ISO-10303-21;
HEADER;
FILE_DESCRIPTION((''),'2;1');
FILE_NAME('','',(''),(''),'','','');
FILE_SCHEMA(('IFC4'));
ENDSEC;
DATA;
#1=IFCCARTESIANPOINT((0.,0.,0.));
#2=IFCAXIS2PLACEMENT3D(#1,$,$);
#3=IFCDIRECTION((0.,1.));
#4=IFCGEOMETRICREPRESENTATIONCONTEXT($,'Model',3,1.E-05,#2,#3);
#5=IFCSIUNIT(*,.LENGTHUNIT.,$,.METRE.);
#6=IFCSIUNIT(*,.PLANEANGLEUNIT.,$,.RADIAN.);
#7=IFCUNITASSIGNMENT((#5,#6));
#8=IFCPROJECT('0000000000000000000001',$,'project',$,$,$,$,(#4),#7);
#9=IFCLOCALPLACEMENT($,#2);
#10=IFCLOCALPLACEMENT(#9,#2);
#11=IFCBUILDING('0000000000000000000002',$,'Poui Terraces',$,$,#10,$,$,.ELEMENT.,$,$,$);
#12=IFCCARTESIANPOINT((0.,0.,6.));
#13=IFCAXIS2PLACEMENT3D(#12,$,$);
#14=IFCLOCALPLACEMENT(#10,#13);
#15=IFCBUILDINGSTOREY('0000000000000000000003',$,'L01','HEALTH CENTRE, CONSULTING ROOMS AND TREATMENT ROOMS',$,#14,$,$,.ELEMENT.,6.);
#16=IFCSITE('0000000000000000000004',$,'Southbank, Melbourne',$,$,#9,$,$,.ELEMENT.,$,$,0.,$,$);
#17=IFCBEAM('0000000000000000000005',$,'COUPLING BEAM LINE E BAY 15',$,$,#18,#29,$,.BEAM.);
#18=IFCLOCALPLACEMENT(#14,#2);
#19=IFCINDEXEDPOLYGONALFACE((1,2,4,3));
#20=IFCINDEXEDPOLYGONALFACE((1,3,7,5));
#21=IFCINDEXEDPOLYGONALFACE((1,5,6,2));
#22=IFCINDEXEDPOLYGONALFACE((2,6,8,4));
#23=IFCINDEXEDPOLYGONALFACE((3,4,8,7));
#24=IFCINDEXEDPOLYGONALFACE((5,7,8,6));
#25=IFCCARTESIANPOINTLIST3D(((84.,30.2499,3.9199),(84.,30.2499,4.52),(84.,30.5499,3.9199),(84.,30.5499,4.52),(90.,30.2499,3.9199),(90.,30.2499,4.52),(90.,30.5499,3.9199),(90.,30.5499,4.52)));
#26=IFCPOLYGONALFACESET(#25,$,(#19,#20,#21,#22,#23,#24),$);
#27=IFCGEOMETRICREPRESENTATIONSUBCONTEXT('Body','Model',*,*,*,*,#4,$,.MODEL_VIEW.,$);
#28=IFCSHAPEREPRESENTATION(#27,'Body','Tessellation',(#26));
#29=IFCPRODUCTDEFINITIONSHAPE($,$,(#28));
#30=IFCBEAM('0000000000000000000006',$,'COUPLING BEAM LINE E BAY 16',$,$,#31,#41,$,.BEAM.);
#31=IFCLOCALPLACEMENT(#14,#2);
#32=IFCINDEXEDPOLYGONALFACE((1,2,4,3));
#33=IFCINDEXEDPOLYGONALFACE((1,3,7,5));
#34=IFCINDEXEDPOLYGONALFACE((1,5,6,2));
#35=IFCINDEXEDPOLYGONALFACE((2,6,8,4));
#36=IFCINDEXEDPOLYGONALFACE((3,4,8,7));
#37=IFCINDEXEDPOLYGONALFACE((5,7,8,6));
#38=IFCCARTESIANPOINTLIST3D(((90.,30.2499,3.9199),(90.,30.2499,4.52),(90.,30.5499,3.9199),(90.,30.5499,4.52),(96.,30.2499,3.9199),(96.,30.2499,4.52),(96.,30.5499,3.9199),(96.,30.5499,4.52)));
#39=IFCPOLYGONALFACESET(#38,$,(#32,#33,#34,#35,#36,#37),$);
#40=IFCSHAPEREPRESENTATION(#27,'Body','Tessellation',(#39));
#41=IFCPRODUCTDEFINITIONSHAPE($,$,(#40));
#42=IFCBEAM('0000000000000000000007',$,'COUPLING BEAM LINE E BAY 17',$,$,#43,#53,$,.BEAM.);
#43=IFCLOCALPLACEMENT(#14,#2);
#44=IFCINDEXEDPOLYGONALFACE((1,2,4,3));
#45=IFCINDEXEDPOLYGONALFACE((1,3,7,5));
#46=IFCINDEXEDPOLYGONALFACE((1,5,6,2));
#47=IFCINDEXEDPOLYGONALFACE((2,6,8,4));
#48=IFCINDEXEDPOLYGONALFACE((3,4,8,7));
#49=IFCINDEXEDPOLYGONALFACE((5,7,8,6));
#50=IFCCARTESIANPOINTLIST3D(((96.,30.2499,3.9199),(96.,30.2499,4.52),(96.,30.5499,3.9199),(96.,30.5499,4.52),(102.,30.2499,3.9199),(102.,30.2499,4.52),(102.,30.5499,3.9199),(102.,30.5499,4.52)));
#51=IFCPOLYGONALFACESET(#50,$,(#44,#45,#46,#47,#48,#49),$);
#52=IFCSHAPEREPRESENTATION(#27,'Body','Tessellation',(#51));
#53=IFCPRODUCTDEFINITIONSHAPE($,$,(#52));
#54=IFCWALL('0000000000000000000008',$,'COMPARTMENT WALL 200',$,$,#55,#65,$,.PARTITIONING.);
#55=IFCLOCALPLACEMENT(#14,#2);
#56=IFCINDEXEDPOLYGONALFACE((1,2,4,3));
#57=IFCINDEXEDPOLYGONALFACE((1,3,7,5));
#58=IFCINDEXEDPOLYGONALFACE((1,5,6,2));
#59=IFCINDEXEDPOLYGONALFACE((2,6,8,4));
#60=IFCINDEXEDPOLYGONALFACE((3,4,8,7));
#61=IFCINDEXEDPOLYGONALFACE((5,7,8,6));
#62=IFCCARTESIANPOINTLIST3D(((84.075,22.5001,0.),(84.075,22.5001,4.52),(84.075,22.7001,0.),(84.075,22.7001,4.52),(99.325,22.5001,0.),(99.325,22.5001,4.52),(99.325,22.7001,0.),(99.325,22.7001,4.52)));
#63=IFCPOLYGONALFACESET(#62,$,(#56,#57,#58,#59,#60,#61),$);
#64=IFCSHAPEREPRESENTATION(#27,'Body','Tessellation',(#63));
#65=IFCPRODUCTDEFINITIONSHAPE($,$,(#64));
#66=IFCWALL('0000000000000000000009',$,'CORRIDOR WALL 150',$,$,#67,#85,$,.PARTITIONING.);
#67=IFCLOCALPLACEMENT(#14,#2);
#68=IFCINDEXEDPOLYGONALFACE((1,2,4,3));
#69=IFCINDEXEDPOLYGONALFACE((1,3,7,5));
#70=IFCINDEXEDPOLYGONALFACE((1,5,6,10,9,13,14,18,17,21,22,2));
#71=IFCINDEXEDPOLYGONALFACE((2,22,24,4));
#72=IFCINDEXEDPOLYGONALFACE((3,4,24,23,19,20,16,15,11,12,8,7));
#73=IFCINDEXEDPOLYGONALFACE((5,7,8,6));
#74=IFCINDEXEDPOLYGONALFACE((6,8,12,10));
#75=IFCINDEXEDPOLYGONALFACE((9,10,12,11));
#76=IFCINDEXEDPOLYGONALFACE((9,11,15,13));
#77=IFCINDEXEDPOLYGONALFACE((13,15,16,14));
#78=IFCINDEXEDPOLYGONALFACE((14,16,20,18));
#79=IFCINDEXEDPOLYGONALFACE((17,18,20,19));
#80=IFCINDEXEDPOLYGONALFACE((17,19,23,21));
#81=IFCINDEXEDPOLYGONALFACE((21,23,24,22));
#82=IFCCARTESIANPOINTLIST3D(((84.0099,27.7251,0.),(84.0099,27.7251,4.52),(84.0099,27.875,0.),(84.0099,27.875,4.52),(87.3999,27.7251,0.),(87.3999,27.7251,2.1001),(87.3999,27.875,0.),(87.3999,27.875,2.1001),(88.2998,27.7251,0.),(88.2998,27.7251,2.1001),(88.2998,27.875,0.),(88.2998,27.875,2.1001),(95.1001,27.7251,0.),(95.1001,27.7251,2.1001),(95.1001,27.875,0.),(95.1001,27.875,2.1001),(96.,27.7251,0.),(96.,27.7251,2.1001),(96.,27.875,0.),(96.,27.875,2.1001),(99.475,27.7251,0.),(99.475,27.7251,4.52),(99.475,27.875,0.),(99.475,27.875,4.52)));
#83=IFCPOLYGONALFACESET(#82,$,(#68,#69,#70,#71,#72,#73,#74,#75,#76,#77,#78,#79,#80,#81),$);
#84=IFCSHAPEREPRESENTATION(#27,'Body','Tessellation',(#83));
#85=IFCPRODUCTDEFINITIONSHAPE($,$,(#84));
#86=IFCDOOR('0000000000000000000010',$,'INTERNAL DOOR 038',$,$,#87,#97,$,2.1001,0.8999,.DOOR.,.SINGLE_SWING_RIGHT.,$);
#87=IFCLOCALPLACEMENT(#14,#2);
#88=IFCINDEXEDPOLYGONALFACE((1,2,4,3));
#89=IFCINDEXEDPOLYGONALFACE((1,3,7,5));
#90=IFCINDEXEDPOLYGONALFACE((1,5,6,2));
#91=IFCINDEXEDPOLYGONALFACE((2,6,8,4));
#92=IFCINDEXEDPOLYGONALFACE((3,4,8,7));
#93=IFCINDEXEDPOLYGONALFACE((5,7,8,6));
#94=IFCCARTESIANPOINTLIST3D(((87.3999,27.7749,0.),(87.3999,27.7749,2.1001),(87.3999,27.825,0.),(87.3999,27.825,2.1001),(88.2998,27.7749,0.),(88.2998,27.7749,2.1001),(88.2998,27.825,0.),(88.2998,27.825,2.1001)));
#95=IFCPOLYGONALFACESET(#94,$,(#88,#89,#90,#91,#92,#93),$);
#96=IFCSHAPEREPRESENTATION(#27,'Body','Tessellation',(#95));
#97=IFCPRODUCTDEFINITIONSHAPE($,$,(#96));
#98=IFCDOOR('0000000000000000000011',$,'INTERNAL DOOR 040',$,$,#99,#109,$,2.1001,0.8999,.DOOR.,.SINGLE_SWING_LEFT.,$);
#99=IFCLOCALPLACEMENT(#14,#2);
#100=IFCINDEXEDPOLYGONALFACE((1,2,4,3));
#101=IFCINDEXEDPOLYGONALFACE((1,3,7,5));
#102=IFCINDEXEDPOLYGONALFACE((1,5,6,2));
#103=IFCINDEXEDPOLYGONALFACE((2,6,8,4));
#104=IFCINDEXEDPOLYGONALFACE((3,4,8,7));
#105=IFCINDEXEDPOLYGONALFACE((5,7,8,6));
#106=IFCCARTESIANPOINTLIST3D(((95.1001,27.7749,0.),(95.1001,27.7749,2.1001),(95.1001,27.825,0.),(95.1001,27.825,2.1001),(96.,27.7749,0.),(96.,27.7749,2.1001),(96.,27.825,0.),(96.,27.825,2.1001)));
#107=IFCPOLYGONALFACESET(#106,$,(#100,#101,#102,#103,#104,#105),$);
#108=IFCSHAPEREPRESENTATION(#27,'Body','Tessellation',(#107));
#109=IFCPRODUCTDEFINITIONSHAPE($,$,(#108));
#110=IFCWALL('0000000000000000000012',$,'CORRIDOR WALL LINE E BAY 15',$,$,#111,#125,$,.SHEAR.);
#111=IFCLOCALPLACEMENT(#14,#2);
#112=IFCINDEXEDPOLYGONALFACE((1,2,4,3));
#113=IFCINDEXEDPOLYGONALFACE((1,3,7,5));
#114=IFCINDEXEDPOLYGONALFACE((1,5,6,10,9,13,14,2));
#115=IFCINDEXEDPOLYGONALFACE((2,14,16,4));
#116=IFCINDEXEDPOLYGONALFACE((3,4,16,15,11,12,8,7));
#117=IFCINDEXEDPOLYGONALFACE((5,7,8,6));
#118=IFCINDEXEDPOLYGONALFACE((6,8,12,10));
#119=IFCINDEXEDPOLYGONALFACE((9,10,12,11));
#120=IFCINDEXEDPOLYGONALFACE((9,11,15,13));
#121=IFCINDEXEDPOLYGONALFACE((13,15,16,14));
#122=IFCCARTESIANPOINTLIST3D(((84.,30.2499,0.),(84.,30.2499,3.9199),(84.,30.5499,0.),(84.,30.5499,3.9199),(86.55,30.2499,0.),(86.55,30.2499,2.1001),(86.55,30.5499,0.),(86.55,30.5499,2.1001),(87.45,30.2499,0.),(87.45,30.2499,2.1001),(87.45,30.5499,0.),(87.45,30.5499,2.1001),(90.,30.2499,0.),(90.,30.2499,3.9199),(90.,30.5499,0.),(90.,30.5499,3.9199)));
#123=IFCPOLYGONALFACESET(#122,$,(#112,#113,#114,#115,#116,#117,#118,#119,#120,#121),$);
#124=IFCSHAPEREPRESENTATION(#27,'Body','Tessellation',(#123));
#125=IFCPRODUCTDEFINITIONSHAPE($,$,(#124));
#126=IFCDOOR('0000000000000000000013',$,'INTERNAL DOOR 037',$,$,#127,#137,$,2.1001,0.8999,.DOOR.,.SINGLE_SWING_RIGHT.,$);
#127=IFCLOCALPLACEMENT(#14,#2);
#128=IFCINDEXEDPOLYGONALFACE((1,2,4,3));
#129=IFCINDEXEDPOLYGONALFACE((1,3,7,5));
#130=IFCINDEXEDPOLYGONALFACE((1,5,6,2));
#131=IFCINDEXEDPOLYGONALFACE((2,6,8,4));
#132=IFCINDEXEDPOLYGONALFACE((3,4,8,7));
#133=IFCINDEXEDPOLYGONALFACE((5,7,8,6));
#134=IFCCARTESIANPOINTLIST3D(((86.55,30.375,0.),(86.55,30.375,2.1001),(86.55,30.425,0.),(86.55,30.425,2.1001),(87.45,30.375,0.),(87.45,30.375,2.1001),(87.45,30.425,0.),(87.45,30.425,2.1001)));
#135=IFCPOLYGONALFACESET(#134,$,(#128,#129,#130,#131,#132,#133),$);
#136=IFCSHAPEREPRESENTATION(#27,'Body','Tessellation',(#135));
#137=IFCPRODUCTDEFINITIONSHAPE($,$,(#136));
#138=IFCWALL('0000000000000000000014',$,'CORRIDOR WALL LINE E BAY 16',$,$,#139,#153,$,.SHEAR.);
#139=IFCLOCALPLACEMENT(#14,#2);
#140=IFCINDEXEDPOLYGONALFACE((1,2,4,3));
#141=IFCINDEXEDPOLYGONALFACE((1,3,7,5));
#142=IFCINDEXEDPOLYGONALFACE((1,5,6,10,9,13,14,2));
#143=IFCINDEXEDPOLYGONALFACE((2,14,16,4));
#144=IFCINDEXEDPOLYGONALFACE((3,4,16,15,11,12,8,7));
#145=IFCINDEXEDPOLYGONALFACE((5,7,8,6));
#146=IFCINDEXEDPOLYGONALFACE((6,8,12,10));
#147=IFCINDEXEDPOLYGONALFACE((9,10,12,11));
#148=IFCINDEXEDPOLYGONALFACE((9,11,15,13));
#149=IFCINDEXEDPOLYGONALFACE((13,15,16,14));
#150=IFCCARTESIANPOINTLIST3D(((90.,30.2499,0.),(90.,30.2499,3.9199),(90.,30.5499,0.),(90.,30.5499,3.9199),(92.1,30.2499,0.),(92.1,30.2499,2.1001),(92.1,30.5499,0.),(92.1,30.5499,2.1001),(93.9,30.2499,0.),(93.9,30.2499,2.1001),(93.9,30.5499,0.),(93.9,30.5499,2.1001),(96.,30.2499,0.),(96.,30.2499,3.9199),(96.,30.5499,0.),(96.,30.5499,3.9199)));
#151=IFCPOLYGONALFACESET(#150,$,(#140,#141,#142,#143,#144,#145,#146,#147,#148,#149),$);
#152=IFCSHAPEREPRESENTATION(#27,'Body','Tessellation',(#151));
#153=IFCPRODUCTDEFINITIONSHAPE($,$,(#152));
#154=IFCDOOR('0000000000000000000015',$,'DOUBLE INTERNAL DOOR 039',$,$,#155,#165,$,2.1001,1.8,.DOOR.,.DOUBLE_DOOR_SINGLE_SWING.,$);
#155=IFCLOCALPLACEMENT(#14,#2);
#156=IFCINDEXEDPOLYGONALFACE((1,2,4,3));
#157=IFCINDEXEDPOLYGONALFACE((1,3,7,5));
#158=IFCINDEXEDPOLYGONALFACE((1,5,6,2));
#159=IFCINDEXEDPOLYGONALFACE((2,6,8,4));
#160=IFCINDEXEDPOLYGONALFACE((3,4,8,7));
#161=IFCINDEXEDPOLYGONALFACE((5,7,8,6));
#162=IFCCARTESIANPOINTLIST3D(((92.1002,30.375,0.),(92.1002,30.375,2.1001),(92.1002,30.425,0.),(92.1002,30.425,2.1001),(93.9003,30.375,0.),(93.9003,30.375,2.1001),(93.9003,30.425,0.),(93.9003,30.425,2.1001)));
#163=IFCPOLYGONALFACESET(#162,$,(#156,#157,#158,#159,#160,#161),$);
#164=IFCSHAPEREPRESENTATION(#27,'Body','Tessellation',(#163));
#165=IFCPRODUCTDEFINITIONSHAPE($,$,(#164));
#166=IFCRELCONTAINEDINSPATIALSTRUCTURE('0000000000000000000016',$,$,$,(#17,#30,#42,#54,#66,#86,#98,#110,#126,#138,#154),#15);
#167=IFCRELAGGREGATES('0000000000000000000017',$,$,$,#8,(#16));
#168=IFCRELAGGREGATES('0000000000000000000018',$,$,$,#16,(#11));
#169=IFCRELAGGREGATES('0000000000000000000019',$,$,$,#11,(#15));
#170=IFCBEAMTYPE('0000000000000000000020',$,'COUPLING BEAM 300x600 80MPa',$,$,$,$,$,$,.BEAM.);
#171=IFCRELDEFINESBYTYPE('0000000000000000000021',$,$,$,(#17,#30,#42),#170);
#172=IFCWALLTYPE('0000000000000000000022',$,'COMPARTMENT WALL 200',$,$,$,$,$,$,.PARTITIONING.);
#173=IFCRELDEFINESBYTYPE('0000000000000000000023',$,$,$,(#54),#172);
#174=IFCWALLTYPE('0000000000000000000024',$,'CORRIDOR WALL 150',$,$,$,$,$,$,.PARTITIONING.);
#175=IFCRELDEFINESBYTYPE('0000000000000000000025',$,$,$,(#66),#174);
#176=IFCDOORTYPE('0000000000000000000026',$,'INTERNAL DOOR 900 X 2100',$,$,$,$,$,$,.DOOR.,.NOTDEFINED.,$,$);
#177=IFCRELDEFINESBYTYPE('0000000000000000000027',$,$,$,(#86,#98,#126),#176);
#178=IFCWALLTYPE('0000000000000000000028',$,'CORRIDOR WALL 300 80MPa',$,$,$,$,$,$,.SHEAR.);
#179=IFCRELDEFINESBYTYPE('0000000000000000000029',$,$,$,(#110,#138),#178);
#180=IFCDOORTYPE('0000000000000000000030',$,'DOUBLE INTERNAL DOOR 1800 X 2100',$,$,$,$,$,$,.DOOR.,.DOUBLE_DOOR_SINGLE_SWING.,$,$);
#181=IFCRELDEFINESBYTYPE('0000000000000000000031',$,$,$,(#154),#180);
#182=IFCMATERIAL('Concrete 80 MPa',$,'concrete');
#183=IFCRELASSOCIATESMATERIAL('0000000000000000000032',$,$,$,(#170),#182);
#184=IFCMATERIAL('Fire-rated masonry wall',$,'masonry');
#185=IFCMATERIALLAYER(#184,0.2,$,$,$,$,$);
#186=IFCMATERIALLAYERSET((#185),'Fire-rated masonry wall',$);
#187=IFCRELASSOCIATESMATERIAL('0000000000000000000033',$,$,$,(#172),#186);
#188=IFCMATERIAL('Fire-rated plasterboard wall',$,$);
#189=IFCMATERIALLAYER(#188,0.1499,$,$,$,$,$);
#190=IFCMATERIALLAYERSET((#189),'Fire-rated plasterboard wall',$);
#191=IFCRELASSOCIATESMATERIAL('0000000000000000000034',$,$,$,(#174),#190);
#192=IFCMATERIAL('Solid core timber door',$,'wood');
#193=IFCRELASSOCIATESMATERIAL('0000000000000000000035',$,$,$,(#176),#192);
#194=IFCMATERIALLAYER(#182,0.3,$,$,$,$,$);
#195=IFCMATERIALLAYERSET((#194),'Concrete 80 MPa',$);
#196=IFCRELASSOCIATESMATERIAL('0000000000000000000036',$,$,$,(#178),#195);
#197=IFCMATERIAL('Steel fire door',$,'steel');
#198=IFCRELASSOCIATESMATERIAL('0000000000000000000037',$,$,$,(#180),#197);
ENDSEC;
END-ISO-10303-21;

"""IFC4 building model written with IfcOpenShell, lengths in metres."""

from ifc_helpers import new_model, si_unit, direction, frame, frame_2d, origin, origin_2d, place, context, subcontext, project, spatial, rectangle, extrude, source, transform, mapped, material, layer, layer_set, material_profile, profile_set, type_object, element, fill, save


model = new_model("IFC4")

# Units and contexts
model_context = context("Model", 3, precision=1e-05, world=origin(), true_north=direction((0.0, 1.0)))
body_context = subcontext(model_context, "Body", "Model", "MODEL_VIEW")
ifc_project = project(units=[si_unit("LENGTHUNIT", "METRE"), si_unit("PLANEANGLEUNIT", "RADIAN")], contexts=[model_context])

# Site, building, storey
site_placement = place(None, origin())
site = spatial("IfcSite", under=ifc_project, at=site_placement, Name="Southbank, Melbourne", CompositionType="ELEMENT", RefElevation=0.0)
building_placement = place(site_placement, origin())
building = spatial("IfcBuilding", under=site, at=building_placement, Name="Poui Terraces", CompositionType="ELEMENT")
storey_placement = place(building_placement, frame((0.0, 0.0, 6.0)))
storey = spatial("IfcBuildingStorey", under=building, at=storey_placement, Name="L01", Description="HEALTH CENTRE, CONSULTING ROOMS AND TREATMENT ROOMS", CompositionType="ELEMENT", Elevation=6.0)

# Beams
ifc_material_1 = material(Name="Concrete 80 MPa", Category="concrete")
ifc_material_profile = material_profile(ifc_material_1, rectangle(XDim=0.3, YDim=0.6001, at=origin_2d()), Name="RC 300x600")
ifc_profile_set = profile_set([ifc_material_profile], Name="Concrete 80 MPa")
beam_type = type_object("IfcBeamType", Name="COUPLING BEAM 300x600 80MPa", PredefinedType="BEAM", material=ifc_profile_set)
shared_shape = source(origin(), body_context, "Body", "SweptSolid", [
    extrude(rectangle(XDim=0.3, YDim=0.6001, at=origin_2d()), origin(), (0.0, 0.0, 1.0), 6.0),
])
for number, where, z_axis, x_axis, name in (
    (1, (84.0, 30.3999, 4.22), (1.0, 0.0, 0.0), (0.0, 1.0, 0.0), "COUPLING BEAM LINE E BAY 15"),
    (2, (90.0, 30.3999, 4.22), (1.0, 0.0, 0.0), (0.0, 1.0, 0.0), "COUPLING BEAM LINE E BAY 16"),
    (3, (96.0, 30.3999, 4.22), (1.0, 0.0, 0.0), (0.0, 1.0, 0.0), "COUPLING BEAM LINE E BAY 17"),
):
    element("IfcBeam", number, at=place(storey_placement, frame(where, z_axis=z_axis, x_axis=x_axis)), inside=storey, type_object=beam_type, Name=name, PredefinedType="BEAM", context=body_context, shape_type="MappedRepresentation", body=[
        mapped(shared_shape, transform((0.0, 0.0, 0.0))),
    ])

# Wall
ifc_material_2 = material(Name="Fire-rated masonry wall", Category="masonry")
ifc_layer_1 = layer(ifc_material_2, 0.2)
ifc_layer_set_1 = layer_set([ifc_layer_1], Name="Fire-rated masonry wall")
wall_type_1 = type_object("IfcWallType", Name="COMPARTMENT WALL 200", PredefinedType="PARTITIONING", material=ifc_layer_set_1)
wall_1_placement = place(storey_placement, frame((84.075, 22.6001, 0.0), z_axis=(0.0, 0.0, 1.0), x_axis=(1.0, 0.0, 0.0)))
element("IfcWall", 4, at=wall_1_placement, inside=storey, type_object=wall_type_1, Name="COMPARTMENT WALL 200", PredefinedType="PARTITIONING", context=body_context, shape_type="SweptSolid", body=[
    extrude(rectangle(XDim=15.25, YDim=0.2, at=frame_2d((7.625, 0.0))), origin(), (0.0, 0.0, 1.0), 4.52),
])

# Wall, openings, doors
ifc_material_3 = material(Name="Fire-rated plasterboard wall")
ifc_layer_2 = layer(ifc_material_3, 0.1499)
ifc_layer_set_2 = layer_set([ifc_layer_2], Name="Fire-rated plasterboard wall")
wall_type_2 = type_object("IfcWallType", Name="CORRIDOR WALL 150", PredefinedType="PARTITIONING", material=ifc_layer_set_2)
wall_2_placement = place(storey_placement, frame((84.01, 27.8, 0.0), z_axis=(0.0, 0.0, 1.0), x_axis=(1.0, 0.0, 0.0)))
wall_2 = element("IfcWall", 5, at=wall_2_placement, inside=storey, type_object=wall_type_2, Name="CORRIDOR WALL 150", PredefinedType="PARTITIONING", context=body_context, shape_type="SweptSolid", body=[
    extrude(rectangle(XDim=15.4651, YDim=0.1499, at=frame_2d((7.7324, 0.0))), origin(), (0.0, 0.0, 1.0), 4.52),
])
opening_1_placement = place(wall_2_placement, frame((3.3899, 0.0, 0.0)))
opening_1 = element("IfcOpeningElement", 6, at=opening_1_placement, cuts=wall_2, PredefinedType="OPENING", context=body_context, shape_type="SweptSolid", body=[
    extrude(rectangle(XDim=0.8999, YDim=2.1001, at=frame_2d((0.45, 1.05))), frame((0.0, 0.085, 0.0), z_axis=(0.0, -1.0, 0.0), x_axis=(1.0, 0.0, 0.0)), (0.0, 0.0, 1.0), 0.1699),
])
opening_2_placement = place(wall_2_placement, frame((11.0901, 0.0, 0.0)))
opening_2 = element("IfcOpeningElement", 7, at=opening_2_placement, cuts=wall_2, PredefinedType="OPENING", context=body_context, shape_type="SweptSolid", body=[
    extrude(rectangle(XDim=0.8999, YDim=2.1001, at=frame_2d((0.45, 1.05))), frame((0.0, 0.085, 0.0), z_axis=(0.0, -1.0, 0.0), x_axis=(1.0, 0.0, 0.0)), (0.0, 0.0, 1.0), 0.1699),
])
ifc_material_4 = material(Name="Solid core timber door", Category="wood")
door_type_1 = type_object("IfcDoorType", Name="INTERNAL DOOR 900 X 2100", OperationType="NOTDEFINED", PredefinedType="DOOR", material=ifc_material_4)
door_1_placement = place(opening_1_placement, origin())
door_1 = element("IfcDoor", 8, at=door_1_placement, inside=storey, type_object=door_type_1, Name="INTERNAL DOOR 038", OperationType="SINGLE_SWING_RIGHT", OverallHeight=2.1001, OverallWidth=0.8999, PredefinedType="DOOR", context=body_context, shape_type="SweptSolid", body=[
    extrude(rectangle(XDim=0.8999, YDim=2.1001, at=frame_2d((0.45, 1.05))), frame((0.0, 0.0249, 0.0), z_axis=(0.0, -1.0, 0.0), x_axis=(1.0, 0.0, 0.0)), (0.0, 0.0, 1.0), 0.05),
])
fill(opening_1, door_1)
door_2_placement = place(opening_2_placement, origin())
door_2 = element("IfcDoor", 9, at=door_2_placement, inside=storey, type_object=door_type_1, Name="INTERNAL DOOR 040", OperationType="SINGLE_SWING_LEFT", OverallHeight=2.1001, OverallWidth=0.8999, PredefinedType="DOOR", context=body_context, shape_type="SweptSolid", body=[
    extrude(rectangle(XDim=0.8999, YDim=2.1001, at=frame_2d((0.45, 1.05))), frame((0.0, 0.0249, 0.0), z_axis=(0.0, -1.0, 0.0), x_axis=(1.0, 0.0, 0.0)), (0.0, 0.0, 1.0), 0.05),
])
fill(opening_2, door_2)

# Walls, openings, doors
ifc_layer_3 = layer(ifc_material_1, 0.3)
ifc_layer_set_3 = layer_set([ifc_layer_3], Name="Concrete 80 MPa")
wall_type_3 = type_object("IfcWallType", Name="CORRIDOR WALL 300 80MPa", PredefinedType="SHEAR", material=ifc_layer_set_3)
wall_3_placement = place(storey_placement, frame((84.0, 30.3999, 0.0), z_axis=(0.0, 0.0, 1.0), x_axis=(1.0, 0.0, 0.0)))
wall_3 = element("IfcWall", 10, at=wall_3_placement, inside=storey, type_object=wall_type_3, Name="CORRIDOR WALL LINE E BAY 15", PredefinedType="SHEAR", context=body_context, shape_type="SweptSolid", body=[
    extrude(rectangle(XDim=6.0, YDim=0.3, at=frame_2d((3.0, 0.0))), origin(), (0.0, 0.0, 1.0), 3.9199),
])
opening_3_placement = place(wall_3_placement, frame((2.55, 0.0, 0.0)))
opening_3 = element("IfcOpeningElement", 11, at=opening_3_placement, cuts=wall_3, PredefinedType="OPENING", context=body_context, shape_type="SweptSolid", body=[
    extrude(rectangle(XDim=0.8999, YDim=2.1001, at=frame_2d((0.45, 1.05))), frame((0.0, 0.1602, 0.0), z_axis=(0.0, -1.0, 0.0), x_axis=(1.0, 0.0, 0.0)), (0.0, 0.0, 1.0), 0.3201),
])
door_3_placement = place(opening_3_placement, frame((0.8999, 0.0, 0.0), z_axis=(0.0, 0.0, 1.0), x_axis=(-1.0, 0.0, 0.0)))
door_3 = element("IfcDoor", 12, at=door_3_placement, inside=storey, type_object=door_type_1, Name="INTERNAL DOOR 037", OperationType="SINGLE_SWING_RIGHT", OverallHeight=2.1001, OverallWidth=0.8999, PredefinedType="DOOR", context=body_context, shape_type="SweptSolid", body=[
    extrude(rectangle(XDim=0.8999, YDim=2.1001, at=frame_2d((0.45, 1.05))), frame((0.0, 0.0249, 0.0), z_axis=(0.0, -1.0, 0.0), x_axis=(1.0, 0.0, 0.0)), (0.0, 0.0, 1.0), 0.05),
])
fill(opening_3, door_3)
wall_4_placement = place(storey_placement, frame((90.0, 30.3999, 0.0), z_axis=(0.0, 0.0, 1.0), x_axis=(1.0, 0.0, 0.0)))
wall_4 = element("IfcWall", 13, at=wall_4_placement, inside=storey, type_object=wall_type_3, Name="CORRIDOR WALL LINE E BAY 16", PredefinedType="SHEAR", context=body_context, shape_type="SweptSolid", body=[
    extrude(rectangle(XDim=6.0, YDim=0.3, at=frame_2d((3.0, 0.0))), origin(), (0.0, 0.0, 1.0), 3.9199),
])
opening_4_placement = place(wall_4_placement, frame((2.1001, 0.0, 0.0)))
opening_4 = element("IfcOpeningElement", 14, at=opening_4_placement, cuts=wall_4, PredefinedType="OPENING", context=body_context, shape_type="SweptSolid", body=[
    extrude(rectangle(XDim=1.8, YDim=2.1001, at=frame_2d((0.8999, 1.05))), frame((0.0, 0.1602, 0.0), z_axis=(0.0, -1.0, 0.0), x_axis=(1.0, 0.0, 0.0)), (0.0, 0.0, 1.0), 0.3201),
])
ifc_material_5 = material(Name="Steel fire door", Category="steel")
door_type_2 = type_object("IfcDoorType", Name="DOUBLE INTERNAL DOOR 1800 X 2100", OperationType="DOUBLE_DOOR_SINGLE_SWING", PredefinedType="DOOR", material=ifc_material_5)
door_4_placement = place(opening_4_placement, frame((1.8, 0.0, 0.0), z_axis=(0.0, 0.0, 1.0), x_axis=(-1.0, 0.0, 0.0)))
door_4 = element("IfcDoor", 15, at=door_4_placement, inside=storey, type_object=door_type_2, Name="DOUBLE INTERNAL DOOR 039", OperationType="DOUBLE_DOOR_SINGLE_SWING", OverallHeight=2.1001, OverallWidth=1.8, PredefinedType="DOOR", context=body_context, shape_type="SweptSolid", body=[
    extrude(rectangle(XDim=1.8, YDim=2.1001, at=frame_2d((0.8999, 1.05))), frame((0.0, 0.0249, 0.0), z_axis=(0.0, -1.0, 0.0), x_axis=(1.0, 0.0, 0.0)), (0.0, 0.0, 1.0), 0.05),
])
fill(opening_4, door_4)

save(model, "model.ifc")
